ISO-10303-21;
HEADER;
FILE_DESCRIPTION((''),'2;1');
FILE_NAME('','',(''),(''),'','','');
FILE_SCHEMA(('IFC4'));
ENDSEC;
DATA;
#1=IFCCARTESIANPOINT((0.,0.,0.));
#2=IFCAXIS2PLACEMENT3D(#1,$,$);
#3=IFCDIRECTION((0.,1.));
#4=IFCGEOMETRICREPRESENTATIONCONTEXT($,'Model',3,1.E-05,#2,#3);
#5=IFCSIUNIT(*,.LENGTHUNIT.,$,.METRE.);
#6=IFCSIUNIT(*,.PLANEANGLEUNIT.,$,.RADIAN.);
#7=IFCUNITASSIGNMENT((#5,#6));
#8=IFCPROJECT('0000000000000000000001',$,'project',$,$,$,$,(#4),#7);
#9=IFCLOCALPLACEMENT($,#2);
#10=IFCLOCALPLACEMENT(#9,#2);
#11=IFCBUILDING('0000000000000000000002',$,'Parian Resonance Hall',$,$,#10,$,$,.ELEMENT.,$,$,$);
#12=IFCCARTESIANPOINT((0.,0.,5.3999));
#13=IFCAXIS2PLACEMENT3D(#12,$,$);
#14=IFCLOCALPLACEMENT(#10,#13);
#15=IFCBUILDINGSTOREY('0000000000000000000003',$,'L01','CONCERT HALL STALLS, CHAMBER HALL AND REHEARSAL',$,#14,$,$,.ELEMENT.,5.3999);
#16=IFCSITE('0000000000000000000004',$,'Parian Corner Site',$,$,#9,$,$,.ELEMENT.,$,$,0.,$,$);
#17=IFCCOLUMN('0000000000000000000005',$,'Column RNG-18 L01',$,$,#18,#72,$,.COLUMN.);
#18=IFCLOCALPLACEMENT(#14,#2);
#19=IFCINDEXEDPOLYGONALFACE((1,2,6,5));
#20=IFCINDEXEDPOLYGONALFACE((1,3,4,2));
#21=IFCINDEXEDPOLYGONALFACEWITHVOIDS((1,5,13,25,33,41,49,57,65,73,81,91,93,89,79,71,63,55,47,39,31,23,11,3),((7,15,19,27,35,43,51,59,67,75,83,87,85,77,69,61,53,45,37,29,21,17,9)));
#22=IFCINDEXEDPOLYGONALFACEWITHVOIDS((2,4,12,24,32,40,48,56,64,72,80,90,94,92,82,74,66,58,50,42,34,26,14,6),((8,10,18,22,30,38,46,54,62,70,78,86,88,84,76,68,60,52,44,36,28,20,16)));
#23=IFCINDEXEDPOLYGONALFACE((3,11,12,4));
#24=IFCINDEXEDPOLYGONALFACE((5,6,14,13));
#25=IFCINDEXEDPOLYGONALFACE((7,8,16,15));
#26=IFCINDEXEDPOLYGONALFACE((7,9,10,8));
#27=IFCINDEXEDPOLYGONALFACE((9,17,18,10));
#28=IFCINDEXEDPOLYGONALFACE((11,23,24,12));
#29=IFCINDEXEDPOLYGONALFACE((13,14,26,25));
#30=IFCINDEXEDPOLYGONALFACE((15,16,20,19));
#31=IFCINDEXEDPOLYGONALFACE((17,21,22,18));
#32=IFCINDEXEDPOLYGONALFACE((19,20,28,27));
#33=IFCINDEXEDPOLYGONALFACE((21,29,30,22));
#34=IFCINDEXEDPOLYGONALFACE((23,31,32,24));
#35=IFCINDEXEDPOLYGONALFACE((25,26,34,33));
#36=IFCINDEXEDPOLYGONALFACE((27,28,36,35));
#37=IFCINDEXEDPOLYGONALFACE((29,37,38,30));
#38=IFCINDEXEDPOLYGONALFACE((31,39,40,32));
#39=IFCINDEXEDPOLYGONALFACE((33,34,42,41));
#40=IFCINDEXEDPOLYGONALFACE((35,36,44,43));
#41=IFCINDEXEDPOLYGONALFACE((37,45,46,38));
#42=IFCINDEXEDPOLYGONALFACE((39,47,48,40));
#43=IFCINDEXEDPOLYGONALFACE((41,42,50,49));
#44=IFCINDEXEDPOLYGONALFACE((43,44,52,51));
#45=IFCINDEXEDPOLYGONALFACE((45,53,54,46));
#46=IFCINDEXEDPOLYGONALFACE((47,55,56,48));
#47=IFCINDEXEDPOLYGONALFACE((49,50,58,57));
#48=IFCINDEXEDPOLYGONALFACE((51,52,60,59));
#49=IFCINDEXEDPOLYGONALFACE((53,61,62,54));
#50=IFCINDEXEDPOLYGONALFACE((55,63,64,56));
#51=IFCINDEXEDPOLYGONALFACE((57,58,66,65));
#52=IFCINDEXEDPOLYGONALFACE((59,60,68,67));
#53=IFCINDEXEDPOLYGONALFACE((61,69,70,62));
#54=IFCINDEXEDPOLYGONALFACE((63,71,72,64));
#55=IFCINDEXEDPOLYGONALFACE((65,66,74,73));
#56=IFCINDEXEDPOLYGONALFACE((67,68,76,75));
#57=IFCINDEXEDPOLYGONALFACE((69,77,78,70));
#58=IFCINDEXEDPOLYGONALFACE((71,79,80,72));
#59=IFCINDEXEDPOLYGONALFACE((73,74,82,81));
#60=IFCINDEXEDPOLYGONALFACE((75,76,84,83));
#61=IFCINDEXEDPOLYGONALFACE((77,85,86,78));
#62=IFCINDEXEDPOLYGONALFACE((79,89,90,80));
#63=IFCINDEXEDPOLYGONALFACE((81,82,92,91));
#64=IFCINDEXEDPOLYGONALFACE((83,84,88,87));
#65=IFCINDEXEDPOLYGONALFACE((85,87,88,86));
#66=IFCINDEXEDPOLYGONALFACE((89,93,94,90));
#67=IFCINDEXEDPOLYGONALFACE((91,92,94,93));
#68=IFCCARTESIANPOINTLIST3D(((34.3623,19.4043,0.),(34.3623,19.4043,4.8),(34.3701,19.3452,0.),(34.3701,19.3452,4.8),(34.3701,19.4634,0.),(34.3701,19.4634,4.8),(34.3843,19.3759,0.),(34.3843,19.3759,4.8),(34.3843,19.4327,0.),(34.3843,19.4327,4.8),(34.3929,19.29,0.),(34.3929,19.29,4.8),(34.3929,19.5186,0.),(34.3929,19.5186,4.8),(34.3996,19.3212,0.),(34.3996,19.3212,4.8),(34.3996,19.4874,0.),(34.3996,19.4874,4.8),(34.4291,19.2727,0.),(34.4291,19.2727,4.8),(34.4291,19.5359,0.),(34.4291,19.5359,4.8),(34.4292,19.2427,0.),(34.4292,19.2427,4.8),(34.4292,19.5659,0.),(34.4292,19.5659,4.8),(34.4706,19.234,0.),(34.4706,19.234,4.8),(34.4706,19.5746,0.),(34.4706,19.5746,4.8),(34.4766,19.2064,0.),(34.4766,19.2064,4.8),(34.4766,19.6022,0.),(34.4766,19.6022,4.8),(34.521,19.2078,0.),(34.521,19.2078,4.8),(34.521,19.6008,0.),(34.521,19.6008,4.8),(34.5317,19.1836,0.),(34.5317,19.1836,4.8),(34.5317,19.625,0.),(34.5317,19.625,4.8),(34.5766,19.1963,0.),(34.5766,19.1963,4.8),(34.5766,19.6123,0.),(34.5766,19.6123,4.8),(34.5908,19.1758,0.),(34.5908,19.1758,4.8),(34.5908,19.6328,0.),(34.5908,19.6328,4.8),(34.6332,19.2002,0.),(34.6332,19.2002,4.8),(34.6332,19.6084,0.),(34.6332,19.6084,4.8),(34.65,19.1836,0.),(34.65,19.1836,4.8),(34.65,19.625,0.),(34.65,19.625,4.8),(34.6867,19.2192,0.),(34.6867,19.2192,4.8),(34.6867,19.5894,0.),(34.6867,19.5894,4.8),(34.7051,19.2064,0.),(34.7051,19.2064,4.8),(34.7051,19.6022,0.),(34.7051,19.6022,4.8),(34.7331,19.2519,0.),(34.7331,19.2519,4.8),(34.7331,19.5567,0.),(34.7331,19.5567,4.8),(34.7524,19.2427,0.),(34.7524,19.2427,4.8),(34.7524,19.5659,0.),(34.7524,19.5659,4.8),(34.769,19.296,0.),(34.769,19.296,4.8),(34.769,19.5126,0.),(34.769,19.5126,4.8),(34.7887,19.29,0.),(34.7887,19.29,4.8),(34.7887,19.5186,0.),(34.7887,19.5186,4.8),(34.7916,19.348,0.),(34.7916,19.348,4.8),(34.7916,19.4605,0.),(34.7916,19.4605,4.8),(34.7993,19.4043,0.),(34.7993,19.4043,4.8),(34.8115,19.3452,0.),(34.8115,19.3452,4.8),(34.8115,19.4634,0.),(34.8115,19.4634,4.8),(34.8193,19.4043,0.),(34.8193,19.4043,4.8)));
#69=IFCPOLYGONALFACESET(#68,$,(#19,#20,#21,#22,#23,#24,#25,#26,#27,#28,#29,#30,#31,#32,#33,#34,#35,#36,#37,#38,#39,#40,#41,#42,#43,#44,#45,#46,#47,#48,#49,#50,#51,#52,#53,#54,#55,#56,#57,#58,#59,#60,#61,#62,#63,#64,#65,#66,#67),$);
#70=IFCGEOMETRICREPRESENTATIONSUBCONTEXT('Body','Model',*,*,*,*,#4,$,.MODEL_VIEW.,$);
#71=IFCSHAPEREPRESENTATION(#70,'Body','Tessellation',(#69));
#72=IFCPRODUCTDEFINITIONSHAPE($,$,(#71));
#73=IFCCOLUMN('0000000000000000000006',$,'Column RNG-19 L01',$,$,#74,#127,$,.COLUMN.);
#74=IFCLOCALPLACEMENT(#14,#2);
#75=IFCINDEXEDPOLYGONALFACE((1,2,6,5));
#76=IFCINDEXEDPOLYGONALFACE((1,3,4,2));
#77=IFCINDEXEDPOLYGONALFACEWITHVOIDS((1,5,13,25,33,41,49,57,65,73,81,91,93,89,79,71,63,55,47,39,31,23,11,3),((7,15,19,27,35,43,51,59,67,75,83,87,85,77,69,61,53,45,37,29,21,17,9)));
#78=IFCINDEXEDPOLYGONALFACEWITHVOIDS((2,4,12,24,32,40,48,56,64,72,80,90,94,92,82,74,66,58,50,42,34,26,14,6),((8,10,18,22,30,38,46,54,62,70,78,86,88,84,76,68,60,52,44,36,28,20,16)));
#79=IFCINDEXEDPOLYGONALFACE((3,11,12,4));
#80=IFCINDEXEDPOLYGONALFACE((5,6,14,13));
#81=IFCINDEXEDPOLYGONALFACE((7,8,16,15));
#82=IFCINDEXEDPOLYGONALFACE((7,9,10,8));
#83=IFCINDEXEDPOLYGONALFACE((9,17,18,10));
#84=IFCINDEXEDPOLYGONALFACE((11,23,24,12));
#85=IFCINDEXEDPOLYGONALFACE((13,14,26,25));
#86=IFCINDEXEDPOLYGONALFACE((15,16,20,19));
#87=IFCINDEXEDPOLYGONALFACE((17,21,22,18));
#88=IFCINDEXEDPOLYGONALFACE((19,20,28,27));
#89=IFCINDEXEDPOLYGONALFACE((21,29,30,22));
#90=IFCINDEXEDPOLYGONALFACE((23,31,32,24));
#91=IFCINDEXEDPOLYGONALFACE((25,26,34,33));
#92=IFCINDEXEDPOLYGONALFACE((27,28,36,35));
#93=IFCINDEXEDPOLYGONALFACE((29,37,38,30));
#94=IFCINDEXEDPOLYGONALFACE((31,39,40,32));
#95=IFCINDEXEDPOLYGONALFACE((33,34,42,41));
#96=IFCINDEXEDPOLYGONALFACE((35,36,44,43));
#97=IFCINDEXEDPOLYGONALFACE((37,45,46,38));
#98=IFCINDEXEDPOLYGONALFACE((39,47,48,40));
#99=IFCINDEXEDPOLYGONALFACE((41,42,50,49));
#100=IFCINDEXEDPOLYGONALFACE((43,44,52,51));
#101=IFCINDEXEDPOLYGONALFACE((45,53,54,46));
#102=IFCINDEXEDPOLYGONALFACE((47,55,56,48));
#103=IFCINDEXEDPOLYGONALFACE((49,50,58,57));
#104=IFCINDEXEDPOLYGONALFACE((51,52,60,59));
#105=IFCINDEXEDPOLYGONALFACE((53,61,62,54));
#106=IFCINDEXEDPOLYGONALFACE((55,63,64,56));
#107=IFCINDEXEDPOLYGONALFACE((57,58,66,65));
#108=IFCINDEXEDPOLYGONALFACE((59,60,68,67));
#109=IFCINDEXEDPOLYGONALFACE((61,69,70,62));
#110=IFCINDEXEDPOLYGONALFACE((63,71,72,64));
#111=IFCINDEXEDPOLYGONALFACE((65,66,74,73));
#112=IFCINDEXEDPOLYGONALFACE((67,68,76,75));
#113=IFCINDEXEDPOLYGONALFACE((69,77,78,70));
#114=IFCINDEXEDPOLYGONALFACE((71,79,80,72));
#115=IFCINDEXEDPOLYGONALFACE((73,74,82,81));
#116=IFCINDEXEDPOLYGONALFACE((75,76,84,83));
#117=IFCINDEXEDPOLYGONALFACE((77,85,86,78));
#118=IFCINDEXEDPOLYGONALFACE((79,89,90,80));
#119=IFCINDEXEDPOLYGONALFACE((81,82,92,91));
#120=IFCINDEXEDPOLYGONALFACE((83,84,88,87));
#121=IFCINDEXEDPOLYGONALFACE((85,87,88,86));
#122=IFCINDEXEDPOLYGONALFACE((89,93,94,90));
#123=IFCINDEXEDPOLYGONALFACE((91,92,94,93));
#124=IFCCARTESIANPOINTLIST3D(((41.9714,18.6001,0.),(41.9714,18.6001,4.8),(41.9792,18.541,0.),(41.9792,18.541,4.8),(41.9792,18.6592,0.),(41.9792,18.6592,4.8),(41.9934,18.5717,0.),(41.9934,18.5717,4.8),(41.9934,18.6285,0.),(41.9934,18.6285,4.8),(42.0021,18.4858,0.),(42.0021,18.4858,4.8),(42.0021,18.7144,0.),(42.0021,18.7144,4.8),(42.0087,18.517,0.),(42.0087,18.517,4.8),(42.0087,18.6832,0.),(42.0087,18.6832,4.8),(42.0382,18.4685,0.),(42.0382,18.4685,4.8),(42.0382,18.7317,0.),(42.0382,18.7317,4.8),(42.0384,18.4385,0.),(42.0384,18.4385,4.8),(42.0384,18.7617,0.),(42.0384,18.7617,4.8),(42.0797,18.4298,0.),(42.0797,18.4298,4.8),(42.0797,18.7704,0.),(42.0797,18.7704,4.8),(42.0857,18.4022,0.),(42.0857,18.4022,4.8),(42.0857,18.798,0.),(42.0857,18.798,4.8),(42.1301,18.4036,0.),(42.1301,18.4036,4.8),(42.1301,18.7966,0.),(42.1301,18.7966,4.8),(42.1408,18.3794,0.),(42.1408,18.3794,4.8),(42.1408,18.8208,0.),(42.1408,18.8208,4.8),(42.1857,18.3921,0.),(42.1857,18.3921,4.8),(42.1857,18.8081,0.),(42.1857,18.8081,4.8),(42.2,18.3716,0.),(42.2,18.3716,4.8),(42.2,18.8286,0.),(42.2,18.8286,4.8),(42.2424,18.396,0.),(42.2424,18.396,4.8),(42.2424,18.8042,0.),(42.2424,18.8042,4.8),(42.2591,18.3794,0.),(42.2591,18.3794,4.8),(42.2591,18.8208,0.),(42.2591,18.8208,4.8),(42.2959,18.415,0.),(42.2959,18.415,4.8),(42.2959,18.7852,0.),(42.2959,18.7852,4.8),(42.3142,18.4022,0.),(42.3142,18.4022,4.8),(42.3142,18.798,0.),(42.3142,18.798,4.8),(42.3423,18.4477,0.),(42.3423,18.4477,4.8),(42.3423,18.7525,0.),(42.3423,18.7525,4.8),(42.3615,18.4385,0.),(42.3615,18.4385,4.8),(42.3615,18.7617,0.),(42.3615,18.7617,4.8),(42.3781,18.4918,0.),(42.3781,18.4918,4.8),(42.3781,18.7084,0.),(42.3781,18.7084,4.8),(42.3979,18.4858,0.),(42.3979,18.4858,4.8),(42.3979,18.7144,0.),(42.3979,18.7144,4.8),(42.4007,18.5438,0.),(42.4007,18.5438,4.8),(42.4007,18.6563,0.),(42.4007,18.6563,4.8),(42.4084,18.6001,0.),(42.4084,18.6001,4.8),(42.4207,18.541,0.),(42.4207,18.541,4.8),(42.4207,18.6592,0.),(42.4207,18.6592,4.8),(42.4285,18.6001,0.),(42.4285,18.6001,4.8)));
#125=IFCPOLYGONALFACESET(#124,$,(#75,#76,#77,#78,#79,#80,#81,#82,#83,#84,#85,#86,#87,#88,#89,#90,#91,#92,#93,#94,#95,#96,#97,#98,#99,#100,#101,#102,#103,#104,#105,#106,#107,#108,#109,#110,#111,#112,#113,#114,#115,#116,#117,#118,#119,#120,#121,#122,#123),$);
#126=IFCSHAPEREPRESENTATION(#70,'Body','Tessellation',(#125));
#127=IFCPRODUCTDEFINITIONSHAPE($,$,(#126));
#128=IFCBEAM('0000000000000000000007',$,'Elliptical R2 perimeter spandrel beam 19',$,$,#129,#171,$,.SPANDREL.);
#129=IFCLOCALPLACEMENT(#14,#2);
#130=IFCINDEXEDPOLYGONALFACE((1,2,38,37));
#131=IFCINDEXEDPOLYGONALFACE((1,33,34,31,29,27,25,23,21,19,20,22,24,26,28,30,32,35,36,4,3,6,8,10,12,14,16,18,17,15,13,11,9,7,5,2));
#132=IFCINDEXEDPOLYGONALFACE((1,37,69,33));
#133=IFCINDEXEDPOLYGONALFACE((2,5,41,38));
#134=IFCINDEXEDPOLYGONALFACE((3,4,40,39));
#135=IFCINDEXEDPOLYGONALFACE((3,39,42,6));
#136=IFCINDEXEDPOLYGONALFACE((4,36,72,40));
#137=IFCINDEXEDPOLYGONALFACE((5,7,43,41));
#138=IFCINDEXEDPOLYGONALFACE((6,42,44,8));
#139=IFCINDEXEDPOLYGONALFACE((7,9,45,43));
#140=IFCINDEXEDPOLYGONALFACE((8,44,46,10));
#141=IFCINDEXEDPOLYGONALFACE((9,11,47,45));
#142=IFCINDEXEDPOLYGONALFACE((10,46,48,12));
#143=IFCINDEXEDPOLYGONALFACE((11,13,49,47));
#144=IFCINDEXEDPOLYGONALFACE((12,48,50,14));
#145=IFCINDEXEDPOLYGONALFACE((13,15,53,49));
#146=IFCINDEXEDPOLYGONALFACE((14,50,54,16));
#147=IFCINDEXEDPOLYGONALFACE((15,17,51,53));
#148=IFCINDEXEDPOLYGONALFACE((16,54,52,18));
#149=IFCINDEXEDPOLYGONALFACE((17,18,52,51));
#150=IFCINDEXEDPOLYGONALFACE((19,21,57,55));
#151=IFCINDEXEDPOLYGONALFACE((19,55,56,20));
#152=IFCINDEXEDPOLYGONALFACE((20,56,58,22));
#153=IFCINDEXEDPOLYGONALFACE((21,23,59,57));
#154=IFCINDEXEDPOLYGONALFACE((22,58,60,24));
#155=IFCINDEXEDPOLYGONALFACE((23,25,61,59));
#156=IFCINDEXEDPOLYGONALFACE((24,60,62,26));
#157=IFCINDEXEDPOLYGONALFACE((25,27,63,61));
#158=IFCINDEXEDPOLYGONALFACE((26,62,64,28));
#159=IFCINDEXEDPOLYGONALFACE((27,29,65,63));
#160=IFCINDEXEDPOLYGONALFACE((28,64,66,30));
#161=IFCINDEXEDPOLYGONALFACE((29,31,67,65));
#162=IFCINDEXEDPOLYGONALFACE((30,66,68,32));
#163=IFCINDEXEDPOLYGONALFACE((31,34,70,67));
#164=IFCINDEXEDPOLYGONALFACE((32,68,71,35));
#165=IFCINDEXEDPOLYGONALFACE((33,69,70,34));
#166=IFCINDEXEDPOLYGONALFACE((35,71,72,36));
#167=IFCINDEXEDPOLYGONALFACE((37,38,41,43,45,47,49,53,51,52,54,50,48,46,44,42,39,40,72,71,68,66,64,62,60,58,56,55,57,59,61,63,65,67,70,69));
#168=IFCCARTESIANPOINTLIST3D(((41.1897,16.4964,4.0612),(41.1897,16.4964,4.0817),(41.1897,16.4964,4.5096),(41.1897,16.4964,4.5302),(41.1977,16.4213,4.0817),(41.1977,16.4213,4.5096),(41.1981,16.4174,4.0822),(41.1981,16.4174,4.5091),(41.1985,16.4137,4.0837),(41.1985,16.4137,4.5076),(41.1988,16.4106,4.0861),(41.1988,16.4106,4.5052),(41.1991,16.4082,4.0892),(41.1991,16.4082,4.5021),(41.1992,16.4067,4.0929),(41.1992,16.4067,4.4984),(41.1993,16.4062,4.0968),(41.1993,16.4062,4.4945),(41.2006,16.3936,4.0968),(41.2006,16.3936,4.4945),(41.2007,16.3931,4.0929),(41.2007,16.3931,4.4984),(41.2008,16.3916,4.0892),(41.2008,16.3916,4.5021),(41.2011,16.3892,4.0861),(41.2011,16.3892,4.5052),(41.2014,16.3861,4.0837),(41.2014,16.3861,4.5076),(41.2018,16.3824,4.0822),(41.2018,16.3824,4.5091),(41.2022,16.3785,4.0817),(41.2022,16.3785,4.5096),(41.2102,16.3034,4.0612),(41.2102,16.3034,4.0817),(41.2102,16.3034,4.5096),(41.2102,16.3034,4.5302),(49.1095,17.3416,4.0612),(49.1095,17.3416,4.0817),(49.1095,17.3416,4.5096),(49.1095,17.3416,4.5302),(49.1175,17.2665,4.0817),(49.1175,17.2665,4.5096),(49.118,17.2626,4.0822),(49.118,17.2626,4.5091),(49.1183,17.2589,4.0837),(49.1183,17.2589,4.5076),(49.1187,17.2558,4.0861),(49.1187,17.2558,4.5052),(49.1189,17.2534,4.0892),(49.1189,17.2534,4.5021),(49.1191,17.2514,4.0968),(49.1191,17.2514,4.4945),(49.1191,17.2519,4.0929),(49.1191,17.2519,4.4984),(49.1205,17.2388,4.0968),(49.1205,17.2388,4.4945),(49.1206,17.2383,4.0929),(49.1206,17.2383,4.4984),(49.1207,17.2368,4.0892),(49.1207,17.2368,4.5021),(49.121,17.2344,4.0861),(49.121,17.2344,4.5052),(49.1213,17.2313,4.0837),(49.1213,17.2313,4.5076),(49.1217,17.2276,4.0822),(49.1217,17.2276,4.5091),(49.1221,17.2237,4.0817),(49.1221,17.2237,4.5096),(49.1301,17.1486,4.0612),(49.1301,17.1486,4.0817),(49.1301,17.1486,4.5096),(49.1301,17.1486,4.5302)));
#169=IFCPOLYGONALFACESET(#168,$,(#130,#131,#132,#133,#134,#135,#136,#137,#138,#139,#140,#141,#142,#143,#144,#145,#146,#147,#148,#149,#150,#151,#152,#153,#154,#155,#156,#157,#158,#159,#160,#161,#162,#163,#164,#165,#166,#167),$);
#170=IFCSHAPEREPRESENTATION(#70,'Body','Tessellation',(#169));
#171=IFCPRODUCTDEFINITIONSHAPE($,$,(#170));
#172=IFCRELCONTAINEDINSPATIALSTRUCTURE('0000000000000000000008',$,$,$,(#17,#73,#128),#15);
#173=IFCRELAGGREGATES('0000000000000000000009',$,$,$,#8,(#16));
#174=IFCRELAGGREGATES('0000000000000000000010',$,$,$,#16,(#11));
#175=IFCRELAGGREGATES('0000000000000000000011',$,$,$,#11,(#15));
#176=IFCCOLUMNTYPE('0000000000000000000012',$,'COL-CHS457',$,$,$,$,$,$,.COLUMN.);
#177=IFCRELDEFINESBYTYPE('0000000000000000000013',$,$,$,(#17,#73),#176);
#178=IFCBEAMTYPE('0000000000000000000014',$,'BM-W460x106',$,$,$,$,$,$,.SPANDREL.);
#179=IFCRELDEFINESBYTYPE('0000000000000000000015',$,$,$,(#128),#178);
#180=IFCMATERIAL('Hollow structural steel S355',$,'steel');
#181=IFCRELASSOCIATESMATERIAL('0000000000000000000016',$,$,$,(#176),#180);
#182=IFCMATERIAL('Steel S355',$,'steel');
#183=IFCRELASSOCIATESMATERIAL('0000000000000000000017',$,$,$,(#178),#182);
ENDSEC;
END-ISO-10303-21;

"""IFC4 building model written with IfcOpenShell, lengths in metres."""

from ifc_helpers import new_model, si_unit, direction, frame, origin, origin_2d, place, context, subcontext, project, spatial, hollow_circle, i_section, extrude, material, material_profile, profile_set, type_object, element, save


model = new_model("IFC4")

# Units and contexts
model_context = context("Model", 3, precision=1e-05, world=origin(), true_north=direction((0.0, 1.0)))
body_context = subcontext(model_context, "Body", "Model", "MODEL_VIEW")
ifc_project = project(units=[si_unit("LENGTHUNIT", "METRE"), si_unit("PLANEANGLEUNIT", "RADIAN")], contexts=[model_context])

# Site, building, storey
site_placement = place(None, origin())
site = spatial("IfcSite", under=ifc_project, at=site_placement, Name="Parian Corner Site", CompositionType="ELEMENT", RefElevation=0.0)
building_placement = place(site_placement, origin())
building = spatial("IfcBuilding", under=site, at=building_placement, Name="Parian Resonance Hall", CompositionType="ELEMENT")
storey_placement = place(building_placement, frame((0.0, 0.0, 5.3999)))
storey = spatial("IfcBuildingStorey", under=building, at=storey_placement, Name="L01", Description="CONCERT HALL STALLS, CHAMBER HALL AND REHEARSAL", CompositionType="ELEMENT", Elevation=5.3999)

# Columns
ifc_material_1 = material(Name="Hollow structural steel S355", Category="steel")
ifc_material_profile_1 = material_profile(ifc_material_1, hollow_circle(Radius=0.2285, WallThickness=0.02, at=origin_2d()), Name="CHS457x20")
ifc_profile_set_1 = profile_set([ifc_material_profile_1], Name="Hollow structural steel S355")
column_type = type_object("IfcColumnType", Name="COL-CHS457", PredefinedType="COLUMN", material=ifc_profile_set_1)
for number, where, z_axis, x_axis, name in (
    (1, (34.5908, 19.4043, 0.0), (0.0, 0.0, 1.0), (1.0, 0.0, 0.0), "Column RNG-18 L01"),
    (2, (42.2, 18.6001, 0.0), (0.0, 0.0, 1.0), (1.0, 0.0, 0.0), "Column RNG-19 L01"),
):
    element("IfcColumn", number, at=place(storey_placement, frame(where, z_axis=z_axis, x_axis=x_axis)), inside=storey, type_object=column_type, Name=name, PredefinedType="COLUMN", context=body_context, shape_type="SweptSolid", body=[
        extrude(hollow_circle(Radius=0.2285, WallThickness=0.02, at=origin_2d()), origin(), (0.0, 0.0, 1.0), 4.8),
    ])

# Beam
ifc_material_2 = material(Name="Steel S355", Category="steel")
ifc_material_profile_2 = material_profile(ifc_material_2, i_section(OverallWidth=0.1941, OverallDepth=0.469, WebThickness=0.0127, FlangeThickness=0.0205, FilletRadius=0.0151, at=origin_2d()), Name="W460x106")
ifc_profile_set_2 = profile_set([ifc_material_profile_2], Name="Steel S355")
beam_type_1 = type_object("IfcBeamType", Name="BM-W460x106", PredefinedType="SPANDREL", material=ifc_profile_set_2)
beam_1_placement = place(storey_placement, frame((41.2, 16.3999, 4.2957), z_axis=(0.994354, 0.106118, 0.0), x_axis=(-0.106118, 0.994354, 0.0)))
element("IfcBeam", 3, at=beam_1_placement, inside=storey, type_object=beam_type_1, Name="Elliptical R2 perimeter spandrel beam 19", PredefinedType="SPANDREL", context=body_context, shape_type="SweptSolid", body=[
    extrude(i_section(OverallWidth=0.1941, OverallDepth=0.469, WebThickness=0.0127, FlangeThickness=0.0205, FilletRadius=0.0151, at=origin_2d()), origin(), (0.0, 0.0, 1.0), 7.9648),
])

save(model, "model.ifc")
